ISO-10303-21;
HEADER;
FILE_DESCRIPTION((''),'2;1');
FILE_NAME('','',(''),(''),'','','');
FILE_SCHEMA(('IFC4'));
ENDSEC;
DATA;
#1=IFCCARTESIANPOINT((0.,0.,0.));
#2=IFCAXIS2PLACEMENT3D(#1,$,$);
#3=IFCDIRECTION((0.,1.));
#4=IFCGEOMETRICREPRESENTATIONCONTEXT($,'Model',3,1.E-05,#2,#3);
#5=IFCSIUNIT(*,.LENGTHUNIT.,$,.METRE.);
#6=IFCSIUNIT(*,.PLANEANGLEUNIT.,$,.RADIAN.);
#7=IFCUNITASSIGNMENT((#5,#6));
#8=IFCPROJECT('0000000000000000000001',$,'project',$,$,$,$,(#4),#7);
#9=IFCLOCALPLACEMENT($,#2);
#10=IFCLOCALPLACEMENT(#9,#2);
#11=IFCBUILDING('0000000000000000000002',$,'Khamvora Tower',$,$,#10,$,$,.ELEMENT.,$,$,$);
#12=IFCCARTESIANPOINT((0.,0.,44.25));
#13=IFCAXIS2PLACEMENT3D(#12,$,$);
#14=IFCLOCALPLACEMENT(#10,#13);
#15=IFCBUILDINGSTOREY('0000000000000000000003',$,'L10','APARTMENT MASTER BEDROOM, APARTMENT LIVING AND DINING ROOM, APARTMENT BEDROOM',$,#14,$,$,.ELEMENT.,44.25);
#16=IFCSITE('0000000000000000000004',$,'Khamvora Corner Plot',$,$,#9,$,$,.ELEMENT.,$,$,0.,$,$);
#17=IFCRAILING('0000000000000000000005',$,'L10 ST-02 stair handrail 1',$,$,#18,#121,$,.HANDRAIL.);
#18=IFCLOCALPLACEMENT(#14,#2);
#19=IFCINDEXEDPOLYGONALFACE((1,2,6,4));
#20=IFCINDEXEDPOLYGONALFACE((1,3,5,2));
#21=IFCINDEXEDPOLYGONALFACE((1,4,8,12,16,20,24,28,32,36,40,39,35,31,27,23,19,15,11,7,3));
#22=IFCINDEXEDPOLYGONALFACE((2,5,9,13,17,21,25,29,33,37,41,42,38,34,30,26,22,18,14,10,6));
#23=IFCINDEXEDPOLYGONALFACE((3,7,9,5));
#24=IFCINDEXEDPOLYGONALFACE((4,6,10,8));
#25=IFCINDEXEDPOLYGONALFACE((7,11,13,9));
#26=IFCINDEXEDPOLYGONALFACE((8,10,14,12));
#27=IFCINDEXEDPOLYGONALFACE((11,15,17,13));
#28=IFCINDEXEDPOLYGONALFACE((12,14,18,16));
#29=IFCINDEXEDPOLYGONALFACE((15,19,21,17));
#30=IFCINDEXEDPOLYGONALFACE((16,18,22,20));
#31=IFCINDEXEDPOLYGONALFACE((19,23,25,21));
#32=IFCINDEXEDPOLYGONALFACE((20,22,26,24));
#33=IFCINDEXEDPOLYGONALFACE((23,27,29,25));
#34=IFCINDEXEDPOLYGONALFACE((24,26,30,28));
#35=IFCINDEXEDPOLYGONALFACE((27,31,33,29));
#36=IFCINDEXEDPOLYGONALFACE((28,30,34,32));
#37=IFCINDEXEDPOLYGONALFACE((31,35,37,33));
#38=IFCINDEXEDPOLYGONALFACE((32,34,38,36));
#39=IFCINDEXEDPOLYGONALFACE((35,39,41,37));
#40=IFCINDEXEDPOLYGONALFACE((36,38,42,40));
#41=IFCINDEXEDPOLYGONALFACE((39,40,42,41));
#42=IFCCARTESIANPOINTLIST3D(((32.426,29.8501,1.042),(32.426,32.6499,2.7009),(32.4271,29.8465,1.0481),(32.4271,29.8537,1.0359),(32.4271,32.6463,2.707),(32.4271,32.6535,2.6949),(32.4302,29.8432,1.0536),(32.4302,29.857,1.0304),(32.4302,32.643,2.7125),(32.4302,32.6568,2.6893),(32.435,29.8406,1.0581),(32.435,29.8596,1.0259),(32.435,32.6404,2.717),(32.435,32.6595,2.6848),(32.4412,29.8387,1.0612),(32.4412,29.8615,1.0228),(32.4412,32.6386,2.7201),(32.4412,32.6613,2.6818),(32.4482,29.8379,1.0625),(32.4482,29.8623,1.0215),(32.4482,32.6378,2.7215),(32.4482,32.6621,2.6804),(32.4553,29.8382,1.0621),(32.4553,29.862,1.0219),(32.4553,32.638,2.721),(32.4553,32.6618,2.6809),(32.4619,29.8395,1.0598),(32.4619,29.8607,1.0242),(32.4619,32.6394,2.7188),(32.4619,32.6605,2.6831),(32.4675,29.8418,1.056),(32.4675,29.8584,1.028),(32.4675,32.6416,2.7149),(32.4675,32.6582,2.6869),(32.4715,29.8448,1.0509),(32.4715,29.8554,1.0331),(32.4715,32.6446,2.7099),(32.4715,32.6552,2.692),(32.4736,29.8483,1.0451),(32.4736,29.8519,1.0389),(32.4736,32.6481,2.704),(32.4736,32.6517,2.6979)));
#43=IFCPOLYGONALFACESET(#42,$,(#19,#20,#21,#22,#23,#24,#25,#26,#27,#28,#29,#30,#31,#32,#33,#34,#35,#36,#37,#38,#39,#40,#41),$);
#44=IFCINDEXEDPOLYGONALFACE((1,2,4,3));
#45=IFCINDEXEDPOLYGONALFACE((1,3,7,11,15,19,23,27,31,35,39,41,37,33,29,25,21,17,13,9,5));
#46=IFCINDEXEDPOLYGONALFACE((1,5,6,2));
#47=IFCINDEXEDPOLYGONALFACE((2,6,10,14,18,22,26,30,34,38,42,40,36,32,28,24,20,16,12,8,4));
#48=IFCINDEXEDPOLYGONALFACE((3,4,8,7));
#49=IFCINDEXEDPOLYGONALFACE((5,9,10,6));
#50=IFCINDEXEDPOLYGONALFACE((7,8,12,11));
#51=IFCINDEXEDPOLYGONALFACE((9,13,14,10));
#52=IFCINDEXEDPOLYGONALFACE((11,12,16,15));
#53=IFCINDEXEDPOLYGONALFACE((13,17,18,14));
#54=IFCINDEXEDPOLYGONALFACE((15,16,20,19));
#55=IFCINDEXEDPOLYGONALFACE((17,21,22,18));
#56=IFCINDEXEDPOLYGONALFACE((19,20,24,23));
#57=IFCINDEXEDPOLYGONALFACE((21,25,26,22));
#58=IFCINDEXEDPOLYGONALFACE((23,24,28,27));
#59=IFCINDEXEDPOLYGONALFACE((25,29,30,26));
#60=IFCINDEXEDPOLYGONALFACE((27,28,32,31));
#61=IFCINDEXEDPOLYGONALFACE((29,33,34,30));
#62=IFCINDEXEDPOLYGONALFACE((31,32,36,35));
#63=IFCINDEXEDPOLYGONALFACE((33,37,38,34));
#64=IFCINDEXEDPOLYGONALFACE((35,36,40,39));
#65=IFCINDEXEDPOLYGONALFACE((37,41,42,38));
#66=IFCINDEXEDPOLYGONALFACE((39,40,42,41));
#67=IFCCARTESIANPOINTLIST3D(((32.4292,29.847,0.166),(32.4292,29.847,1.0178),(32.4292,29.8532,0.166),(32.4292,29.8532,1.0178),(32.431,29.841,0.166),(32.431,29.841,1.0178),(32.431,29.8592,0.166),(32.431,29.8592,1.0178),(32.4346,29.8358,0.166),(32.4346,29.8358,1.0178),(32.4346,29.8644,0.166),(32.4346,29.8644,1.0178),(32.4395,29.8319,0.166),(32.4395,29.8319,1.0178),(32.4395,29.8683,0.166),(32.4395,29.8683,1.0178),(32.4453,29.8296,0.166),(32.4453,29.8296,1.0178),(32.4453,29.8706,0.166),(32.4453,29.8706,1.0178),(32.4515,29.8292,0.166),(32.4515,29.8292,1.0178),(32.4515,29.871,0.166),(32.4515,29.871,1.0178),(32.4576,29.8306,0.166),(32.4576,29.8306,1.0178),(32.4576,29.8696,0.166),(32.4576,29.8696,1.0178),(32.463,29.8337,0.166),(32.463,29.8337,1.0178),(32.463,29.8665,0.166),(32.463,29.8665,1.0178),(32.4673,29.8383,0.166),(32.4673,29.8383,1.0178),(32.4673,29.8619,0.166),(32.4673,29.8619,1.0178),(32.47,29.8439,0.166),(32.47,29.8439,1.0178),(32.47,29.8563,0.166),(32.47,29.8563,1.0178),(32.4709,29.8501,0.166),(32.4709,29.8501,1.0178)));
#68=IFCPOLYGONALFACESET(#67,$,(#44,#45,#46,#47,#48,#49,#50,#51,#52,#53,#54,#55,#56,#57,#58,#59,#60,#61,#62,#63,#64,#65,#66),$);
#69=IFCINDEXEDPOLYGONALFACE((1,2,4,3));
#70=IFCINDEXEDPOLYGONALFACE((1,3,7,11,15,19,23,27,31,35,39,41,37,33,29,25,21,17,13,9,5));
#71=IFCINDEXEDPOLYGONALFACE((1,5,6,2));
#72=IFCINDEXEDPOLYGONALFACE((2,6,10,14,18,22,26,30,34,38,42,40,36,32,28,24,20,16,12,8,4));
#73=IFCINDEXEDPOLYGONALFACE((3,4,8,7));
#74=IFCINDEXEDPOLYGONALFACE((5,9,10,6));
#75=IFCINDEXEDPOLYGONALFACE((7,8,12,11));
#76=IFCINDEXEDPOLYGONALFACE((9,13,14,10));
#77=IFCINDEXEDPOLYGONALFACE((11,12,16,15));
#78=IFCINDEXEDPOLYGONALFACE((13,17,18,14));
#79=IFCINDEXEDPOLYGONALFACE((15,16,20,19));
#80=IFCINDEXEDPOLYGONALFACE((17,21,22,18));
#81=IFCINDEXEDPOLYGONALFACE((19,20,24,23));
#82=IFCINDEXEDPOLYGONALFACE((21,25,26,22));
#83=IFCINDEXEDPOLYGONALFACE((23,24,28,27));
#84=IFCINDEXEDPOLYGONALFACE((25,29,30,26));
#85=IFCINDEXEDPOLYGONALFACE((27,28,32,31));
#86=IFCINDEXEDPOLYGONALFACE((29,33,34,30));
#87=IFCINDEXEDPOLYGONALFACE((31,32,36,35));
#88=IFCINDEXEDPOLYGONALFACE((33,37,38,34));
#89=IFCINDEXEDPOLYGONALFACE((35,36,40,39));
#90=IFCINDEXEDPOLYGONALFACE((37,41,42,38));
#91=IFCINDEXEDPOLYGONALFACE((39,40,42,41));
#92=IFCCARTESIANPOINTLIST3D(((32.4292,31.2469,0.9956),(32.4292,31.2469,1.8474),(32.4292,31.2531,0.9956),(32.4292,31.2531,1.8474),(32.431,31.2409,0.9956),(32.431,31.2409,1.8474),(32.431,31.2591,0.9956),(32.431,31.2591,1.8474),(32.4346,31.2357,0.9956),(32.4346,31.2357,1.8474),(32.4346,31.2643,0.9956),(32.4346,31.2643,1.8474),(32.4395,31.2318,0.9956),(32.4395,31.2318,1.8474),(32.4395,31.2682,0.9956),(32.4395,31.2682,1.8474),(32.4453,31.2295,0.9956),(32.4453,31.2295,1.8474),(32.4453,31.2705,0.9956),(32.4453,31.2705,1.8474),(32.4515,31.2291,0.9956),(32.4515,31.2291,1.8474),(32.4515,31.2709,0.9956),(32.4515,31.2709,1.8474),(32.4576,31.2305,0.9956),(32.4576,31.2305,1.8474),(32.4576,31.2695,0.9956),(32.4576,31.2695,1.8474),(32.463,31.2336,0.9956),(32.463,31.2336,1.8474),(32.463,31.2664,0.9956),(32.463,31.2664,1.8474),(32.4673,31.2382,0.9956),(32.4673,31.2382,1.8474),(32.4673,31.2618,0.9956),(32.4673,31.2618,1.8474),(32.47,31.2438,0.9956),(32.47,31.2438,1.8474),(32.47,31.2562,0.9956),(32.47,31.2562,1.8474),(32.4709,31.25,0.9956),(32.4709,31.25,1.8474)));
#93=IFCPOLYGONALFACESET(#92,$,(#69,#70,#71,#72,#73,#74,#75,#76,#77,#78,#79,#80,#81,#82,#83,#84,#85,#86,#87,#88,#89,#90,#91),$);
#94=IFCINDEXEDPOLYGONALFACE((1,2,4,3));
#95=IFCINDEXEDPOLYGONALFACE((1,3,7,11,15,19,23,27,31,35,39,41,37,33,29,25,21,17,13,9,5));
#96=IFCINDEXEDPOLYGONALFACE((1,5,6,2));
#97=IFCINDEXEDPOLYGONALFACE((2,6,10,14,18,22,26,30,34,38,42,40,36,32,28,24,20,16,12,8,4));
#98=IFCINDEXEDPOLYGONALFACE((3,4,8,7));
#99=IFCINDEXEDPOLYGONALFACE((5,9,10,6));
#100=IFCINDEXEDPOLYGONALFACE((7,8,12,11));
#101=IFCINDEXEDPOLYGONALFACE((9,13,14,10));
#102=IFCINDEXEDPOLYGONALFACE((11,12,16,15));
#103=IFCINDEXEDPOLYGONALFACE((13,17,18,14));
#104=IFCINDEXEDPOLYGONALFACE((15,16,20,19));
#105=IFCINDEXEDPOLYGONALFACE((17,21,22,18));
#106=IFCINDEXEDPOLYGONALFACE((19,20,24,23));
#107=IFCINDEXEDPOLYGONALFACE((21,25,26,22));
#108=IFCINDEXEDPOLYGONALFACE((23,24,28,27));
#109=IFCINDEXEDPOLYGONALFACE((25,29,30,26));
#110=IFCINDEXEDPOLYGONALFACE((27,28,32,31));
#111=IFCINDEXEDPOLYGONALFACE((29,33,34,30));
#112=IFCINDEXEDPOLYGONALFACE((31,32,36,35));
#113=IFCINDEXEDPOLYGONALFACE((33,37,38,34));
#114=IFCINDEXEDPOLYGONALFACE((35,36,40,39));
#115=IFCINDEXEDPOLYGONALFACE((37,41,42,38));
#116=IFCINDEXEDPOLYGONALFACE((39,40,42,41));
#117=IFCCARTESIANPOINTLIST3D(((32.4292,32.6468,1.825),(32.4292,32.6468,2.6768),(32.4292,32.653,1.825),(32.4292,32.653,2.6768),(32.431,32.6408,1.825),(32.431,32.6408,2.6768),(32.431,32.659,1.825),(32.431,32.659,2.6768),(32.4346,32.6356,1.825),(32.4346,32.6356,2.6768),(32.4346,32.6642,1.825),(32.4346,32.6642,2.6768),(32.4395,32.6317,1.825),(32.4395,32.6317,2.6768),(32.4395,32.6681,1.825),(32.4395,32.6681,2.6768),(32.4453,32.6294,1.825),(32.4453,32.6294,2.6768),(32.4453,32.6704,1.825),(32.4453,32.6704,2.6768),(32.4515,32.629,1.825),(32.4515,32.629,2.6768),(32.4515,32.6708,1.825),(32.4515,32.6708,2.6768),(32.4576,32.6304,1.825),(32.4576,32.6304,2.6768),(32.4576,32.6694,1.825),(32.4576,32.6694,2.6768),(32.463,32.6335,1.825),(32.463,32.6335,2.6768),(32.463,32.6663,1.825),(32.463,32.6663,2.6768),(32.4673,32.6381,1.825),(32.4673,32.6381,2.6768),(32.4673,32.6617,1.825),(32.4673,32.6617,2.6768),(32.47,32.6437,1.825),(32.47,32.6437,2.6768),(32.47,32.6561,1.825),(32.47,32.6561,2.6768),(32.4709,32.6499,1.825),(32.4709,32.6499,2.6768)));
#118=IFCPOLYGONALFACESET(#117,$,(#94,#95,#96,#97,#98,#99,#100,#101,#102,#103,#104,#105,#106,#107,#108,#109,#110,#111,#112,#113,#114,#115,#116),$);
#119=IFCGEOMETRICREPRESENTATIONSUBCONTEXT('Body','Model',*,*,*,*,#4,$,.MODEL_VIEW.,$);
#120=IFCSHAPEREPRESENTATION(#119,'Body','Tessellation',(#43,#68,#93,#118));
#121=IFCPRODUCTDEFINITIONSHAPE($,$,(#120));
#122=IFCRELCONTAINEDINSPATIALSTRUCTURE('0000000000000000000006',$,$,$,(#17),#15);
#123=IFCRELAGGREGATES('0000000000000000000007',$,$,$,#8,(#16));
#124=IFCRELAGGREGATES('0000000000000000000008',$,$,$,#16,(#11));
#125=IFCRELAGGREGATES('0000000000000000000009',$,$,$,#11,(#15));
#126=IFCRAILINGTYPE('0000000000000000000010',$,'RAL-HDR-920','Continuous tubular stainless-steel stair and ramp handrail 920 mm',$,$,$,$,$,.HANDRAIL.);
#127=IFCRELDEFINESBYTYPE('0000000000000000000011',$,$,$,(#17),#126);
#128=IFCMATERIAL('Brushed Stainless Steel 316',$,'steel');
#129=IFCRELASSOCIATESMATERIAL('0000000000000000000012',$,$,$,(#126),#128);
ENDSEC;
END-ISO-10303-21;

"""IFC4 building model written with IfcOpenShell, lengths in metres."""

from ifc_helpers import new_model, si_unit, direction, frame, origin, origin_2d, place, context, subcontext, project, spatial, circle, extrude, material, type_object, element, save


model = new_model("IFC4")

# Units and contexts
model_context = context("Model", 3, precision=1e-05, world=origin(), true_north=direction((0.0, 1.0)))
body_context = subcontext(model_context, "Body", "Model", "MODEL_VIEW")
ifc_project = project(units=[si_unit("LENGTHUNIT", "METRE"), si_unit("PLANEANGLEUNIT", "RADIAN")], contexts=[model_context])

# Site, building, storey
site_placement = place(None, origin())
site = spatial("IfcSite", under=ifc_project, at=site_placement, Name="Khamvora Corner Plot", CompositionType="ELEMENT", RefElevation=0.0)
building_placement = place(site_placement, origin())
building = spatial("IfcBuilding", under=site, at=building_placement, Name="Khamvora Tower", CompositionType="ELEMENT")
storey_placement = place(building_placement, frame((0.0, 0.0, 44.25)))
storey = spatial("IfcBuildingStorey", under=building, at=storey_placement, Name="L10", Description="APARTMENT MASTER BEDROOM, APARTMENT LIVING AND DINING ROOM, APARTMENT BEDROOM", CompositionType="ELEMENT", Elevation=44.25)

# Railing
ifc_material_1 = material(Name="Brushed Stainless Steel 316", Category="steel")
railing_type_1 = type_object("IfcRailingType", Name="RAL-HDR-920", Description="Continuous tubular stainless-steel stair and ramp handrail 920 mm", PredefinedType="HANDRAIL", material=ifc_material_1)
railing_1_placement = place(storey_placement, frame((32.45, 29.8501, 0.166)))
element("IfcRailing", 1, at=railing_1_placement, inside=storey, type_object=railing_type_1, Name="L10 ST-02 stair handrail 1", PredefinedType="HANDRAIL", context=body_context, shape_type="SweptSolid", body=[
    extrude(circle(Radius=0.0239, at=origin_2d()), frame((0.0, 0.0, 0.876), z_axis=(0.0, 0.86032, 0.509755), x_axis=(-1.0, 0.0, 0.0)), (0.0, 0.0, 1.0), 3.2544),
    extrude(circle(Radius=0.021, at=origin_2d()), origin(), (0.0, 0.0, 1.0), 0.8518),
    extrude(circle(Radius=0.021, at=origin_2d()), frame((0.0, 1.3999, 0.8296)), (0.0, 0.0, 1.0), 0.8518),
    extrude(circle(Radius=0.021, at=origin_2d()), frame((0.0, 2.7998, 1.6589)), (0.0, 0.0, 1.0), 0.8518),
])

save(model, "model.ifc")
